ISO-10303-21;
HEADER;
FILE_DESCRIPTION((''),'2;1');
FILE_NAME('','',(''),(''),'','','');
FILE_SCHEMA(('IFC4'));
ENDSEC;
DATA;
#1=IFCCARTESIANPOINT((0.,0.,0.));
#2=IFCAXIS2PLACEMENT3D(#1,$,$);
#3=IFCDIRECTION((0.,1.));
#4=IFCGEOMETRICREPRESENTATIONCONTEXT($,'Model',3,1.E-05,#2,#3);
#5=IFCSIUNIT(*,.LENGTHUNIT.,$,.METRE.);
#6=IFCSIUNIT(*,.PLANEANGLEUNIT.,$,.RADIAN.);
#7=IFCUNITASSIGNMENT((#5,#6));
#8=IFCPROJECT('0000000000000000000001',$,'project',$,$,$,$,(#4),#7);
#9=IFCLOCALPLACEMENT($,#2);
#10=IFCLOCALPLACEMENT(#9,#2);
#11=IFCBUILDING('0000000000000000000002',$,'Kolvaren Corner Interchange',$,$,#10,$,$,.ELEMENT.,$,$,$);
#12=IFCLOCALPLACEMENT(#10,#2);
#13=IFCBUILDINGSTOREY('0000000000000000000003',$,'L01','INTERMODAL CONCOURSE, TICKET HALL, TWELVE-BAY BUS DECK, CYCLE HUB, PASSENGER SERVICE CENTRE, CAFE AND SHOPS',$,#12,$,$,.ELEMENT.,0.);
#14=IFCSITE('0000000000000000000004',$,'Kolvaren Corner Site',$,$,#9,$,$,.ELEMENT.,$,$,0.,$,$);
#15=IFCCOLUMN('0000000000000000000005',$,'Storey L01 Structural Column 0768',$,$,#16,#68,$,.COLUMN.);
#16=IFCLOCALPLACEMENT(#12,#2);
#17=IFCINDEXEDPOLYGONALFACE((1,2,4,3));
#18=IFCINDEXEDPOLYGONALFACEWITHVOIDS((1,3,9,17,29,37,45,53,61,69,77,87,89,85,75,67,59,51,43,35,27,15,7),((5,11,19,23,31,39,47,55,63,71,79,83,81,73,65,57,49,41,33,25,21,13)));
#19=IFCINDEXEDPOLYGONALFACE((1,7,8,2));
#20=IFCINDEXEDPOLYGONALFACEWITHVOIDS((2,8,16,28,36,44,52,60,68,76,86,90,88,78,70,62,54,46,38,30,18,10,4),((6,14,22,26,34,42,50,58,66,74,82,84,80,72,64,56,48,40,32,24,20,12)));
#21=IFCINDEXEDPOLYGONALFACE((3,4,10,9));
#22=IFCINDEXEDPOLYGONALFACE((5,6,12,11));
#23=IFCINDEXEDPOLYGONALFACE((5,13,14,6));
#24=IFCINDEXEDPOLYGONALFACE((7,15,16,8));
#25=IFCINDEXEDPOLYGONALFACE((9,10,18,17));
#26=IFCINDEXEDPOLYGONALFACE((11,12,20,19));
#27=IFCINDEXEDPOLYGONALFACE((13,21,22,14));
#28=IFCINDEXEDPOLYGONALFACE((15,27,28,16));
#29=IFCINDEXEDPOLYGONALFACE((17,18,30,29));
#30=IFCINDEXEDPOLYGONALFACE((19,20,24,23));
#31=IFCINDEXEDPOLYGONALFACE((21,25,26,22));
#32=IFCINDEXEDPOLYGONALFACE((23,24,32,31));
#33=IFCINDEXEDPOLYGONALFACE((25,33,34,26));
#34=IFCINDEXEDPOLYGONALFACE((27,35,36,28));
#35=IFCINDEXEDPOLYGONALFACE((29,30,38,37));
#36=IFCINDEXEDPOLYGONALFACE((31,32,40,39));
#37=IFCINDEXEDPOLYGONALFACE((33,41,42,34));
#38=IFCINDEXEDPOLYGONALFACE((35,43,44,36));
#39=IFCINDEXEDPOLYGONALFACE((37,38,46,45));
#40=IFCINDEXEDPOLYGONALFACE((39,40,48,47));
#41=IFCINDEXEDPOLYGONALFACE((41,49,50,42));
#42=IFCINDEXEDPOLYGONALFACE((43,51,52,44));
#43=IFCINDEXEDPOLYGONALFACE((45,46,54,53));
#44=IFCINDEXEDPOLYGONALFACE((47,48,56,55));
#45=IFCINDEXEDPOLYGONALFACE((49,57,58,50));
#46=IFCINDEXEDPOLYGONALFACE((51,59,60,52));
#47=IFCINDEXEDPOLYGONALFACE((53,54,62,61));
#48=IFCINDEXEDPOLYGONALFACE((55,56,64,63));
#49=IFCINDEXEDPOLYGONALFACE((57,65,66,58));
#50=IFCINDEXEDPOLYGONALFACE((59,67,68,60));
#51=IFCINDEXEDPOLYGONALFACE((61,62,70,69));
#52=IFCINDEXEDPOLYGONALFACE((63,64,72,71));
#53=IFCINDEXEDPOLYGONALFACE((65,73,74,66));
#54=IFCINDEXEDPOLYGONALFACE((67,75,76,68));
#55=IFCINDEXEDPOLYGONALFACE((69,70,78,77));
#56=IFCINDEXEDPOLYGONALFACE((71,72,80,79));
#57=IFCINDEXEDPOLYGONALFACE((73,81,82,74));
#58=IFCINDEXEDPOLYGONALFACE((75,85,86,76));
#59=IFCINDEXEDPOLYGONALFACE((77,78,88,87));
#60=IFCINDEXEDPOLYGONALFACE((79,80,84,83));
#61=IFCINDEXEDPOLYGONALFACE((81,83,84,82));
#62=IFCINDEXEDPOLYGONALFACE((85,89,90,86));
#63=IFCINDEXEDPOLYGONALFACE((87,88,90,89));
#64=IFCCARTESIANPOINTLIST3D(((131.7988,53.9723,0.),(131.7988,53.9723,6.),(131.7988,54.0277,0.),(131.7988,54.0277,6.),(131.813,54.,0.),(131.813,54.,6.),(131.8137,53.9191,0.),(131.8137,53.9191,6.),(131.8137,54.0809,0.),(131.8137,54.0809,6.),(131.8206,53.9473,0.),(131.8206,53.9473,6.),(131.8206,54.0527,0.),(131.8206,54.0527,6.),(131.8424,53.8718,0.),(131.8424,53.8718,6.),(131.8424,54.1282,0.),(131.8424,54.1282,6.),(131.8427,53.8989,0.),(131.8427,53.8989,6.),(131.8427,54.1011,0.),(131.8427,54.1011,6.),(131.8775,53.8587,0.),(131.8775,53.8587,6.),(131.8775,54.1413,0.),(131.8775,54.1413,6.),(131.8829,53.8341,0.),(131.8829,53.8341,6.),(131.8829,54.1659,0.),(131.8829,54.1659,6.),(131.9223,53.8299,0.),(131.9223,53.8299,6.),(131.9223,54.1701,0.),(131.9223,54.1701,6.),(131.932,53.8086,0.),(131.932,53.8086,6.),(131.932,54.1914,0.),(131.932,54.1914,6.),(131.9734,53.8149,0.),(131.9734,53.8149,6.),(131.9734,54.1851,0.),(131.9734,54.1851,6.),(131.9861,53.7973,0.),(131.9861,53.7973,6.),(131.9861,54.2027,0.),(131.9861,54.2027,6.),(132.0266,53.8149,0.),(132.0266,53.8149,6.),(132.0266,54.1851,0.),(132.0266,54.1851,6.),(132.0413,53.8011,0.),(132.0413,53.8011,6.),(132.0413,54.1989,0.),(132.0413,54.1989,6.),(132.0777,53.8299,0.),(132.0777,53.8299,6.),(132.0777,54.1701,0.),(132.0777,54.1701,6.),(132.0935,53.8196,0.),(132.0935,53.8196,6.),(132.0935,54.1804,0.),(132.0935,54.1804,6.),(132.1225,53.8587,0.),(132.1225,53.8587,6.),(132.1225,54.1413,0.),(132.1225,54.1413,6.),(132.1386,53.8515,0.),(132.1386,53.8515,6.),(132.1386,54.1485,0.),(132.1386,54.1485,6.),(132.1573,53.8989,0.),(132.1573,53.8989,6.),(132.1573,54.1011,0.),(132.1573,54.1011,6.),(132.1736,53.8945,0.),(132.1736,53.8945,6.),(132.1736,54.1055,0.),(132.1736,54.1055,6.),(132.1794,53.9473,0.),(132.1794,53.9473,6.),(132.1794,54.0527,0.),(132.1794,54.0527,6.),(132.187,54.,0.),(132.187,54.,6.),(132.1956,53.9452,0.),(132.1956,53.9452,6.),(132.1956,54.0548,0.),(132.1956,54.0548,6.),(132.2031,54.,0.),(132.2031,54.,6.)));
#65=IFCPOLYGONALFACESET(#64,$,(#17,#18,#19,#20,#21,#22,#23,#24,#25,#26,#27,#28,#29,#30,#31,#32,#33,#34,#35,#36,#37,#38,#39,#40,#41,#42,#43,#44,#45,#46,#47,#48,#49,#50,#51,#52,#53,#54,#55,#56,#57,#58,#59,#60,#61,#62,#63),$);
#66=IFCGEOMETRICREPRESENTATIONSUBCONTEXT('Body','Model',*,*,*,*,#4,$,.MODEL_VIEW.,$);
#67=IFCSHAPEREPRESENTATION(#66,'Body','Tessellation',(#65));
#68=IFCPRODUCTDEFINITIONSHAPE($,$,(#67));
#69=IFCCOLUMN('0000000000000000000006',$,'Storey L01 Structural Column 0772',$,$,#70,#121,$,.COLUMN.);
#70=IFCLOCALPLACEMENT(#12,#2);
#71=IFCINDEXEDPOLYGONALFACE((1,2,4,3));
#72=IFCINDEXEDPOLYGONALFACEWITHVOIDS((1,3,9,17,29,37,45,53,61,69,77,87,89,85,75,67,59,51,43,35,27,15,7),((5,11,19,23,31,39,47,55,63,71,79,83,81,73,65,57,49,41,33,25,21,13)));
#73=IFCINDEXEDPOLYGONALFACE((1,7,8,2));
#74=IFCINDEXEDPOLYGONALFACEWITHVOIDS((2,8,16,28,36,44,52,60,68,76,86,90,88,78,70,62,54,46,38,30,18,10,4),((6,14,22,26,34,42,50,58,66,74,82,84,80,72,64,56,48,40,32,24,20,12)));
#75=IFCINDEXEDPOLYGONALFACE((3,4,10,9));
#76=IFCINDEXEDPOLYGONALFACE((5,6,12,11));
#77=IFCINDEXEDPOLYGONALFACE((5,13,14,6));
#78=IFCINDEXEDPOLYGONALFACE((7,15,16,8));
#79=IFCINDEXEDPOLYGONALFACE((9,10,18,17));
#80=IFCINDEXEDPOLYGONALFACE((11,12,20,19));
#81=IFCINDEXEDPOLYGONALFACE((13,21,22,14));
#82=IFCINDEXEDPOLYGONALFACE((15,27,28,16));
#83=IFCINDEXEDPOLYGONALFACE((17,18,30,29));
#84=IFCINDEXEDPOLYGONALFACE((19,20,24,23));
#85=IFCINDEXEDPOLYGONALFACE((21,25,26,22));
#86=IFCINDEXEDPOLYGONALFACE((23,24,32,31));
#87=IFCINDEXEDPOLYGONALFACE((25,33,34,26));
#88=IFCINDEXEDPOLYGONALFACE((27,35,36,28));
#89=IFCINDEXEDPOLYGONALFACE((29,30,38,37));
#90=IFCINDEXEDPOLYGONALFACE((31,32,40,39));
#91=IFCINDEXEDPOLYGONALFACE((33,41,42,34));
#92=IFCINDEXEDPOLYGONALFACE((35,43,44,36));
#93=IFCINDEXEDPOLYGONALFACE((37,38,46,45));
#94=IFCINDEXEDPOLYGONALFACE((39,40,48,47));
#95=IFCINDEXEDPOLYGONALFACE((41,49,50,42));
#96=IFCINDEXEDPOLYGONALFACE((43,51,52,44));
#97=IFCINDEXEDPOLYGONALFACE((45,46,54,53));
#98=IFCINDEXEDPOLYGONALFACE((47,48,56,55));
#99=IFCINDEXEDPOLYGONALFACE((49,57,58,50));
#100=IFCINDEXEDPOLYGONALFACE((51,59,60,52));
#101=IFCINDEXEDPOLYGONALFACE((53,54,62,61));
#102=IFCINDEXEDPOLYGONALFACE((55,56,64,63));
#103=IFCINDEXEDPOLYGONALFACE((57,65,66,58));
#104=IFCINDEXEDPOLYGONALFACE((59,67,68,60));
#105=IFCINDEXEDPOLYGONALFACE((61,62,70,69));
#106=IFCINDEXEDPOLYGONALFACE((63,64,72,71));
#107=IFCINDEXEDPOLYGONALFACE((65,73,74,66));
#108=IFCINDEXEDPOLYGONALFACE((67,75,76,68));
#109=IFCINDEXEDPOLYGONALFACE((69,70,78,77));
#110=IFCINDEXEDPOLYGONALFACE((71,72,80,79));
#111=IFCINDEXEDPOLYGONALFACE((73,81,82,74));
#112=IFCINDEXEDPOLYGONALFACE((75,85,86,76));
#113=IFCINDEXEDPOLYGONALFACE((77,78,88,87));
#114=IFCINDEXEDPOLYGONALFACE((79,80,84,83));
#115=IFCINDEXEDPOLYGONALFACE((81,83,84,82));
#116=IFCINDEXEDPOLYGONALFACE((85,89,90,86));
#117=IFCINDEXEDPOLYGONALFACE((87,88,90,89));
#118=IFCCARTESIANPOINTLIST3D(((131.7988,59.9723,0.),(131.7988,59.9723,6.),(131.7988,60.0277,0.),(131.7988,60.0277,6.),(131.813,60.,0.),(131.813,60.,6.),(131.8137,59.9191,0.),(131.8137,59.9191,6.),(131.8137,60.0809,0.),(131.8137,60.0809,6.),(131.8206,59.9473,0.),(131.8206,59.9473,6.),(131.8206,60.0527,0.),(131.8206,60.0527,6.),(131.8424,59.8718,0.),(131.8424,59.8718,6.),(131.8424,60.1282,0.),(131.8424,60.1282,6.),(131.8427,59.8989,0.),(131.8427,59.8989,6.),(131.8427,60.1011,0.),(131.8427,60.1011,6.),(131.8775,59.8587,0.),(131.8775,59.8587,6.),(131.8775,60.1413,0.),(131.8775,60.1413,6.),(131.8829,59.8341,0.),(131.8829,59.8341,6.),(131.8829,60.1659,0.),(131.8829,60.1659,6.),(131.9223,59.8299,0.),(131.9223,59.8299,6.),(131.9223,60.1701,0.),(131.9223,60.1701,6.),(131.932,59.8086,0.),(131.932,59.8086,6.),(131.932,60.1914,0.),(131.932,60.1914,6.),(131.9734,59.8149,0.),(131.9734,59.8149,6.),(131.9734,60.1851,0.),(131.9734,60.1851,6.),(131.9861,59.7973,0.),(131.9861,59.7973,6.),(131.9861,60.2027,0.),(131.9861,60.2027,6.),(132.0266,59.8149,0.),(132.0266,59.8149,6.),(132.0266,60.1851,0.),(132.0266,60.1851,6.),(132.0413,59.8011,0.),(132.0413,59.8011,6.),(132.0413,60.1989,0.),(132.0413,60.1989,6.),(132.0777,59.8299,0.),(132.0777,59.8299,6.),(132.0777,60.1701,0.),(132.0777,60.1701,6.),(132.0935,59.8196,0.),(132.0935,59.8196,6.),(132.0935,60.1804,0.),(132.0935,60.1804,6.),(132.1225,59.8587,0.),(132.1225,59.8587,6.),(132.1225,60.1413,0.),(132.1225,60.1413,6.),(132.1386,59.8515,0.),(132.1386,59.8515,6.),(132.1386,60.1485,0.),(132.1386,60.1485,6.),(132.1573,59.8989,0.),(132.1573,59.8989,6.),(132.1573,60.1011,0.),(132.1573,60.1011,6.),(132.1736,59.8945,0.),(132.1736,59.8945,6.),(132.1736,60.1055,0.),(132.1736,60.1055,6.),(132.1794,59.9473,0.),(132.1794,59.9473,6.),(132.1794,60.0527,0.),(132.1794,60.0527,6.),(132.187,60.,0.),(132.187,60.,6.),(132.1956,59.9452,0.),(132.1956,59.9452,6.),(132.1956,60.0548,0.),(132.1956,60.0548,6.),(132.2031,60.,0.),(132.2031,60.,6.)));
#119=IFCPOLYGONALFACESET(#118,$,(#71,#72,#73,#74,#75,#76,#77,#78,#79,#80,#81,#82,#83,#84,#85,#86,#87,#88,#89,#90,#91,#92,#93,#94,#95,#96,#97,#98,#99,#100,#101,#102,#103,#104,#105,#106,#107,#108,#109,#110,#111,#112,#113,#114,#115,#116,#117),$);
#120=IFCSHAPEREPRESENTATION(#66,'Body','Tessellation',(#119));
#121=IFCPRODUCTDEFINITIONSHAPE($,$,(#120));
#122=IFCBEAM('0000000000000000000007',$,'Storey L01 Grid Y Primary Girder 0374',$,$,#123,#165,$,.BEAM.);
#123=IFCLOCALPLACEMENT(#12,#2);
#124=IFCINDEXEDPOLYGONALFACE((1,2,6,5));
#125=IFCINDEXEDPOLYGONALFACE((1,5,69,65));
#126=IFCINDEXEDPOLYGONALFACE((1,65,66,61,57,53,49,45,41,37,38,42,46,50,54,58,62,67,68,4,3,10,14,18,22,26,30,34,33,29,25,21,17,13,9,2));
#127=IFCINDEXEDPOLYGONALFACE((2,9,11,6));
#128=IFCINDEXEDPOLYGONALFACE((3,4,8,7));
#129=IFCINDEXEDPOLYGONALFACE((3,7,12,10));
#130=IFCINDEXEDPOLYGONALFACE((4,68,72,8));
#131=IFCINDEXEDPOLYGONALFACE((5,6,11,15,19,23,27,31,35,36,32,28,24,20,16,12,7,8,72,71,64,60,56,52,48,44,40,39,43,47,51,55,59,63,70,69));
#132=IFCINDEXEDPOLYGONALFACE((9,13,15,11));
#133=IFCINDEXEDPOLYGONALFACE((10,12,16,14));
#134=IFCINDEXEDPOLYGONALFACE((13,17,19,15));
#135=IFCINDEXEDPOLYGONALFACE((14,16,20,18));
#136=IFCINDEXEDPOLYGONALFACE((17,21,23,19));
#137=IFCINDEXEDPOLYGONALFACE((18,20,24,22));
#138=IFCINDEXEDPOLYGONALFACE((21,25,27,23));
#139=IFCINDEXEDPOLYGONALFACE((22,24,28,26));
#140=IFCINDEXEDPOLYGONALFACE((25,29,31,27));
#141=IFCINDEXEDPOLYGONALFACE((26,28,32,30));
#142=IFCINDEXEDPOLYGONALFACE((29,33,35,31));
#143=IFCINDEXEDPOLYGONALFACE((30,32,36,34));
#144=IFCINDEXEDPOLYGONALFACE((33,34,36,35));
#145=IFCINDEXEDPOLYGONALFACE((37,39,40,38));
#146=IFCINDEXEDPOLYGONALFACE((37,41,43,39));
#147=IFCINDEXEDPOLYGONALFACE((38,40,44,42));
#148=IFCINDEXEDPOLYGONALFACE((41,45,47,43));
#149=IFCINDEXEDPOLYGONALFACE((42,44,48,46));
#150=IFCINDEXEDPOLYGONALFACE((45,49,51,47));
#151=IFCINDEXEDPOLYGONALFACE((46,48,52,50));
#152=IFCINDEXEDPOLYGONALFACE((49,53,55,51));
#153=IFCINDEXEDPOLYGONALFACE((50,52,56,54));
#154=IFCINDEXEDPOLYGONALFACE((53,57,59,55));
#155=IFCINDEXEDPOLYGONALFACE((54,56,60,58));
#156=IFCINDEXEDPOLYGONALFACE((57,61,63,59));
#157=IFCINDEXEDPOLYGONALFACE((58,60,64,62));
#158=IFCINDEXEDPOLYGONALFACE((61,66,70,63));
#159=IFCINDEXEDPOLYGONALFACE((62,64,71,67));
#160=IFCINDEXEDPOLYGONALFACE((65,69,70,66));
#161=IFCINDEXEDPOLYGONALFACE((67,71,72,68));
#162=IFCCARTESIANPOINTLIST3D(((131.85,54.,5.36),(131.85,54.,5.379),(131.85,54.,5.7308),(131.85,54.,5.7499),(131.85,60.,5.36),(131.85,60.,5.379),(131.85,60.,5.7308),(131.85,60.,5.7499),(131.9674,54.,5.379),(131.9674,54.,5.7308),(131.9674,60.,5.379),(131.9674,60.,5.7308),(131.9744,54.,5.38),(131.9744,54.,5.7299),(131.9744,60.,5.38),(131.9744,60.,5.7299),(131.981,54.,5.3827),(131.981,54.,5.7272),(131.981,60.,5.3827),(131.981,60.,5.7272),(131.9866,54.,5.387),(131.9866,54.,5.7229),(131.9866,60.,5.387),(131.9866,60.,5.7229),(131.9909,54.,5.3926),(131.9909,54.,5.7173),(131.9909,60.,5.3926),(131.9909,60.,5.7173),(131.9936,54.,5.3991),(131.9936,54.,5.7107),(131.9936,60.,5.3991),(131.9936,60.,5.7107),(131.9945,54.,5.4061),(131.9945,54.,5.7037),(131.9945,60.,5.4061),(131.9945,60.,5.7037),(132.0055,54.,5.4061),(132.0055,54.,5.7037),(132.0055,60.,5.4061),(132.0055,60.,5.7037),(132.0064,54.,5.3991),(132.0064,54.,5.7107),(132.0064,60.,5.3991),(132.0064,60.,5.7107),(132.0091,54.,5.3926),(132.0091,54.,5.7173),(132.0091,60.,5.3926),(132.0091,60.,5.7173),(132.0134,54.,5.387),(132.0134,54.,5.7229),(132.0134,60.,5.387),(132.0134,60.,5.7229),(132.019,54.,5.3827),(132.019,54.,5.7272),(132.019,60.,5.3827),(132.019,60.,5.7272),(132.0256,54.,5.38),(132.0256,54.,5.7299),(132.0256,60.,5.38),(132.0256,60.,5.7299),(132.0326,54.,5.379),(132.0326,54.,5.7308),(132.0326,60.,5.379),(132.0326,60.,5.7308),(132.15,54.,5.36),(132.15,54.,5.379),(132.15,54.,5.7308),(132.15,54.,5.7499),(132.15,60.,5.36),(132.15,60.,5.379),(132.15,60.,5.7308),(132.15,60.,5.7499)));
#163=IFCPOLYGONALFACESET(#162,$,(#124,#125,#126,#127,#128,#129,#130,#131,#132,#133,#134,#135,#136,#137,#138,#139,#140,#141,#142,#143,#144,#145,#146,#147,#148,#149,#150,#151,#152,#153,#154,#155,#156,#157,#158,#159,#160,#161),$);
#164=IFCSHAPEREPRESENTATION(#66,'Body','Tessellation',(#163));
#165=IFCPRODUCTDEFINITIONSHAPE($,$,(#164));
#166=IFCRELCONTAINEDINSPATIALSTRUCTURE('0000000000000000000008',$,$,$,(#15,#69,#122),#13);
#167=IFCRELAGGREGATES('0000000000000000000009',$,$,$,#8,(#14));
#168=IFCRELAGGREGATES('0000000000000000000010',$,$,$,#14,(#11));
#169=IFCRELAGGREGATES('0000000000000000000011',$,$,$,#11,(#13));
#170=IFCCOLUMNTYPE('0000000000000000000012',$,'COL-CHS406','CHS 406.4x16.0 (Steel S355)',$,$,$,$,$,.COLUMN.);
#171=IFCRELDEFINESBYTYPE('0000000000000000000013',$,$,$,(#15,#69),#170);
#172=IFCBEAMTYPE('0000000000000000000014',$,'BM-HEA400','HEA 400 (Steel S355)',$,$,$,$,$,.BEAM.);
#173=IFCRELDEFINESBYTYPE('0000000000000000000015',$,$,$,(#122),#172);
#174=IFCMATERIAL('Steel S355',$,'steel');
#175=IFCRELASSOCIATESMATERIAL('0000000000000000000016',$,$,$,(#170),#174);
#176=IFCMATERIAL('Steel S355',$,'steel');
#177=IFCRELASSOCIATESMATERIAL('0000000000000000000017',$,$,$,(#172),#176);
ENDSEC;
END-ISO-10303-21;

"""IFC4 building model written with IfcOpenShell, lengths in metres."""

from ifc_helpers import new_model, si_unit, direction, frame, origin, origin_2d, place, context, subcontext, project, spatial, hollow_circle, i_section, extrude, material, material_profile, profile_set, type_object, element, save


model = new_model("IFC4")

# Units and contexts
model_context = context("Model", 3, precision=1e-05, world=origin(), true_north=direction((0.0, 1.0)))
body_context = subcontext(model_context, "Body", "Model", "MODEL_VIEW")
ifc_project = project(units=[si_unit("LENGTHUNIT", "METRE"), si_unit("PLANEANGLEUNIT", "RADIAN")], contexts=[model_context])

# Site, building, storey
site_placement = place(None, origin())
site = spatial("IfcSite", under=ifc_project, at=site_placement, Name="Kolvaren Corner Site", CompositionType="ELEMENT", RefElevation=0.0)
building_placement = place(site_placement, origin())
building = spatial("IfcBuilding", under=site, at=building_placement, Name="Kolvaren Corner Interchange", CompositionType="ELEMENT")
storey_placement = place(building_placement, origin())
storey = spatial("IfcBuildingStorey", under=building, at=storey_placement, Name="L01", Description="INTERMODAL CONCOURSE, TICKET HALL, TWELVE-BAY BUS DECK, CYCLE HUB, PASSENGER SERVICE CENTRE, CAFE AND SHOPS", CompositionType="ELEMENT", Elevation=0.0)

# Columns
ifc_material_1 = material(Name="Steel S355", Category="steel")
ifc_material_profile_1 = material_profile(ifc_material_1, hollow_circle(Radius=0.2031, WallThickness=0.0161, at=origin_2d()), Name="CHS 406.4x16.0")
ifc_profile_set_1 = profile_set([ifc_material_profile_1], Name="Steel S355")
column_type = type_object("IfcColumnType", Name="COL-CHS406", Description="CHS 406.4x16.0 (Steel S355)", PredefinedType="COLUMN", material=ifc_profile_set_1)
for number, where, z_axis, x_axis, name in (
    (1, (132.0, 54.0, 0.0), (0.0, 0.0, 1.0), (1.0, 0.0, 0.0), "Storey L01 Structural Column 0768"),
    (2, (132.0, 60.0, 0.0), (0.0, 0.0, 1.0), (1.0, 0.0, 0.0), "Storey L01 Structural Column 0772"),
):
    element("IfcColumn", number, at=place(storey_placement, frame(where, z_axis=z_axis, x_axis=x_axis)), inside=storey, type_object=column_type, Name=name, PredefinedType="COLUMN", context=body_context, shape_type="SweptSolid", body=[
        extrude(hollow_circle(Radius=0.2031, WallThickness=0.0161, at=origin_2d()), origin(), (0.0, 0.0, 1.0), 6.0),
    ])

# Beam
ifc_material_2 = material(Name="Steel S355", Category="steel")
ifc_material_profile_2 = material_profile(ifc_material_2, i_section(OverallWidth=0.3, OverallDepth=0.3899, WebThickness=0.011, FlangeThickness=0.019, FilletRadius=0.0271, at=origin_2d()), Name="HEA 400")
ifc_profile_set_2 = profile_set([ifc_material_profile_2], Name="Steel S355")
beam_type_1 = type_object("IfcBeamType", Name="BM-HEA400", Description="HEA 400 (Steel S355)", PredefinedType="BEAM", material=ifc_profile_set_2)
for number, where, z_axis, x_axis, name in (
    (3, (132.0, 54.0, 5.5549), (0.0, 1.0, 0.0), (-1.0, 0.0, 0.0), "Storey L01 Grid Y Primary Girder 0374"),
):
    element("IfcBeam", number, at=place(storey_placement, frame(where, z_axis=z_axis, x_axis=x_axis)), inside=storey, type_object=beam_type_1, Name=name, PredefinedType="BEAM", context=body_context, shape_type="SweptSolid", body=[
        extrude(i_section(OverallWidth=0.3, OverallDepth=0.3899, WebThickness=0.011, FlangeThickness=0.019, FilletRadius=0.0271, at=origin_2d()), origin(), (0.0, 0.0, 1.0), 6.0),
    ])

save(model, "model.ifc")
